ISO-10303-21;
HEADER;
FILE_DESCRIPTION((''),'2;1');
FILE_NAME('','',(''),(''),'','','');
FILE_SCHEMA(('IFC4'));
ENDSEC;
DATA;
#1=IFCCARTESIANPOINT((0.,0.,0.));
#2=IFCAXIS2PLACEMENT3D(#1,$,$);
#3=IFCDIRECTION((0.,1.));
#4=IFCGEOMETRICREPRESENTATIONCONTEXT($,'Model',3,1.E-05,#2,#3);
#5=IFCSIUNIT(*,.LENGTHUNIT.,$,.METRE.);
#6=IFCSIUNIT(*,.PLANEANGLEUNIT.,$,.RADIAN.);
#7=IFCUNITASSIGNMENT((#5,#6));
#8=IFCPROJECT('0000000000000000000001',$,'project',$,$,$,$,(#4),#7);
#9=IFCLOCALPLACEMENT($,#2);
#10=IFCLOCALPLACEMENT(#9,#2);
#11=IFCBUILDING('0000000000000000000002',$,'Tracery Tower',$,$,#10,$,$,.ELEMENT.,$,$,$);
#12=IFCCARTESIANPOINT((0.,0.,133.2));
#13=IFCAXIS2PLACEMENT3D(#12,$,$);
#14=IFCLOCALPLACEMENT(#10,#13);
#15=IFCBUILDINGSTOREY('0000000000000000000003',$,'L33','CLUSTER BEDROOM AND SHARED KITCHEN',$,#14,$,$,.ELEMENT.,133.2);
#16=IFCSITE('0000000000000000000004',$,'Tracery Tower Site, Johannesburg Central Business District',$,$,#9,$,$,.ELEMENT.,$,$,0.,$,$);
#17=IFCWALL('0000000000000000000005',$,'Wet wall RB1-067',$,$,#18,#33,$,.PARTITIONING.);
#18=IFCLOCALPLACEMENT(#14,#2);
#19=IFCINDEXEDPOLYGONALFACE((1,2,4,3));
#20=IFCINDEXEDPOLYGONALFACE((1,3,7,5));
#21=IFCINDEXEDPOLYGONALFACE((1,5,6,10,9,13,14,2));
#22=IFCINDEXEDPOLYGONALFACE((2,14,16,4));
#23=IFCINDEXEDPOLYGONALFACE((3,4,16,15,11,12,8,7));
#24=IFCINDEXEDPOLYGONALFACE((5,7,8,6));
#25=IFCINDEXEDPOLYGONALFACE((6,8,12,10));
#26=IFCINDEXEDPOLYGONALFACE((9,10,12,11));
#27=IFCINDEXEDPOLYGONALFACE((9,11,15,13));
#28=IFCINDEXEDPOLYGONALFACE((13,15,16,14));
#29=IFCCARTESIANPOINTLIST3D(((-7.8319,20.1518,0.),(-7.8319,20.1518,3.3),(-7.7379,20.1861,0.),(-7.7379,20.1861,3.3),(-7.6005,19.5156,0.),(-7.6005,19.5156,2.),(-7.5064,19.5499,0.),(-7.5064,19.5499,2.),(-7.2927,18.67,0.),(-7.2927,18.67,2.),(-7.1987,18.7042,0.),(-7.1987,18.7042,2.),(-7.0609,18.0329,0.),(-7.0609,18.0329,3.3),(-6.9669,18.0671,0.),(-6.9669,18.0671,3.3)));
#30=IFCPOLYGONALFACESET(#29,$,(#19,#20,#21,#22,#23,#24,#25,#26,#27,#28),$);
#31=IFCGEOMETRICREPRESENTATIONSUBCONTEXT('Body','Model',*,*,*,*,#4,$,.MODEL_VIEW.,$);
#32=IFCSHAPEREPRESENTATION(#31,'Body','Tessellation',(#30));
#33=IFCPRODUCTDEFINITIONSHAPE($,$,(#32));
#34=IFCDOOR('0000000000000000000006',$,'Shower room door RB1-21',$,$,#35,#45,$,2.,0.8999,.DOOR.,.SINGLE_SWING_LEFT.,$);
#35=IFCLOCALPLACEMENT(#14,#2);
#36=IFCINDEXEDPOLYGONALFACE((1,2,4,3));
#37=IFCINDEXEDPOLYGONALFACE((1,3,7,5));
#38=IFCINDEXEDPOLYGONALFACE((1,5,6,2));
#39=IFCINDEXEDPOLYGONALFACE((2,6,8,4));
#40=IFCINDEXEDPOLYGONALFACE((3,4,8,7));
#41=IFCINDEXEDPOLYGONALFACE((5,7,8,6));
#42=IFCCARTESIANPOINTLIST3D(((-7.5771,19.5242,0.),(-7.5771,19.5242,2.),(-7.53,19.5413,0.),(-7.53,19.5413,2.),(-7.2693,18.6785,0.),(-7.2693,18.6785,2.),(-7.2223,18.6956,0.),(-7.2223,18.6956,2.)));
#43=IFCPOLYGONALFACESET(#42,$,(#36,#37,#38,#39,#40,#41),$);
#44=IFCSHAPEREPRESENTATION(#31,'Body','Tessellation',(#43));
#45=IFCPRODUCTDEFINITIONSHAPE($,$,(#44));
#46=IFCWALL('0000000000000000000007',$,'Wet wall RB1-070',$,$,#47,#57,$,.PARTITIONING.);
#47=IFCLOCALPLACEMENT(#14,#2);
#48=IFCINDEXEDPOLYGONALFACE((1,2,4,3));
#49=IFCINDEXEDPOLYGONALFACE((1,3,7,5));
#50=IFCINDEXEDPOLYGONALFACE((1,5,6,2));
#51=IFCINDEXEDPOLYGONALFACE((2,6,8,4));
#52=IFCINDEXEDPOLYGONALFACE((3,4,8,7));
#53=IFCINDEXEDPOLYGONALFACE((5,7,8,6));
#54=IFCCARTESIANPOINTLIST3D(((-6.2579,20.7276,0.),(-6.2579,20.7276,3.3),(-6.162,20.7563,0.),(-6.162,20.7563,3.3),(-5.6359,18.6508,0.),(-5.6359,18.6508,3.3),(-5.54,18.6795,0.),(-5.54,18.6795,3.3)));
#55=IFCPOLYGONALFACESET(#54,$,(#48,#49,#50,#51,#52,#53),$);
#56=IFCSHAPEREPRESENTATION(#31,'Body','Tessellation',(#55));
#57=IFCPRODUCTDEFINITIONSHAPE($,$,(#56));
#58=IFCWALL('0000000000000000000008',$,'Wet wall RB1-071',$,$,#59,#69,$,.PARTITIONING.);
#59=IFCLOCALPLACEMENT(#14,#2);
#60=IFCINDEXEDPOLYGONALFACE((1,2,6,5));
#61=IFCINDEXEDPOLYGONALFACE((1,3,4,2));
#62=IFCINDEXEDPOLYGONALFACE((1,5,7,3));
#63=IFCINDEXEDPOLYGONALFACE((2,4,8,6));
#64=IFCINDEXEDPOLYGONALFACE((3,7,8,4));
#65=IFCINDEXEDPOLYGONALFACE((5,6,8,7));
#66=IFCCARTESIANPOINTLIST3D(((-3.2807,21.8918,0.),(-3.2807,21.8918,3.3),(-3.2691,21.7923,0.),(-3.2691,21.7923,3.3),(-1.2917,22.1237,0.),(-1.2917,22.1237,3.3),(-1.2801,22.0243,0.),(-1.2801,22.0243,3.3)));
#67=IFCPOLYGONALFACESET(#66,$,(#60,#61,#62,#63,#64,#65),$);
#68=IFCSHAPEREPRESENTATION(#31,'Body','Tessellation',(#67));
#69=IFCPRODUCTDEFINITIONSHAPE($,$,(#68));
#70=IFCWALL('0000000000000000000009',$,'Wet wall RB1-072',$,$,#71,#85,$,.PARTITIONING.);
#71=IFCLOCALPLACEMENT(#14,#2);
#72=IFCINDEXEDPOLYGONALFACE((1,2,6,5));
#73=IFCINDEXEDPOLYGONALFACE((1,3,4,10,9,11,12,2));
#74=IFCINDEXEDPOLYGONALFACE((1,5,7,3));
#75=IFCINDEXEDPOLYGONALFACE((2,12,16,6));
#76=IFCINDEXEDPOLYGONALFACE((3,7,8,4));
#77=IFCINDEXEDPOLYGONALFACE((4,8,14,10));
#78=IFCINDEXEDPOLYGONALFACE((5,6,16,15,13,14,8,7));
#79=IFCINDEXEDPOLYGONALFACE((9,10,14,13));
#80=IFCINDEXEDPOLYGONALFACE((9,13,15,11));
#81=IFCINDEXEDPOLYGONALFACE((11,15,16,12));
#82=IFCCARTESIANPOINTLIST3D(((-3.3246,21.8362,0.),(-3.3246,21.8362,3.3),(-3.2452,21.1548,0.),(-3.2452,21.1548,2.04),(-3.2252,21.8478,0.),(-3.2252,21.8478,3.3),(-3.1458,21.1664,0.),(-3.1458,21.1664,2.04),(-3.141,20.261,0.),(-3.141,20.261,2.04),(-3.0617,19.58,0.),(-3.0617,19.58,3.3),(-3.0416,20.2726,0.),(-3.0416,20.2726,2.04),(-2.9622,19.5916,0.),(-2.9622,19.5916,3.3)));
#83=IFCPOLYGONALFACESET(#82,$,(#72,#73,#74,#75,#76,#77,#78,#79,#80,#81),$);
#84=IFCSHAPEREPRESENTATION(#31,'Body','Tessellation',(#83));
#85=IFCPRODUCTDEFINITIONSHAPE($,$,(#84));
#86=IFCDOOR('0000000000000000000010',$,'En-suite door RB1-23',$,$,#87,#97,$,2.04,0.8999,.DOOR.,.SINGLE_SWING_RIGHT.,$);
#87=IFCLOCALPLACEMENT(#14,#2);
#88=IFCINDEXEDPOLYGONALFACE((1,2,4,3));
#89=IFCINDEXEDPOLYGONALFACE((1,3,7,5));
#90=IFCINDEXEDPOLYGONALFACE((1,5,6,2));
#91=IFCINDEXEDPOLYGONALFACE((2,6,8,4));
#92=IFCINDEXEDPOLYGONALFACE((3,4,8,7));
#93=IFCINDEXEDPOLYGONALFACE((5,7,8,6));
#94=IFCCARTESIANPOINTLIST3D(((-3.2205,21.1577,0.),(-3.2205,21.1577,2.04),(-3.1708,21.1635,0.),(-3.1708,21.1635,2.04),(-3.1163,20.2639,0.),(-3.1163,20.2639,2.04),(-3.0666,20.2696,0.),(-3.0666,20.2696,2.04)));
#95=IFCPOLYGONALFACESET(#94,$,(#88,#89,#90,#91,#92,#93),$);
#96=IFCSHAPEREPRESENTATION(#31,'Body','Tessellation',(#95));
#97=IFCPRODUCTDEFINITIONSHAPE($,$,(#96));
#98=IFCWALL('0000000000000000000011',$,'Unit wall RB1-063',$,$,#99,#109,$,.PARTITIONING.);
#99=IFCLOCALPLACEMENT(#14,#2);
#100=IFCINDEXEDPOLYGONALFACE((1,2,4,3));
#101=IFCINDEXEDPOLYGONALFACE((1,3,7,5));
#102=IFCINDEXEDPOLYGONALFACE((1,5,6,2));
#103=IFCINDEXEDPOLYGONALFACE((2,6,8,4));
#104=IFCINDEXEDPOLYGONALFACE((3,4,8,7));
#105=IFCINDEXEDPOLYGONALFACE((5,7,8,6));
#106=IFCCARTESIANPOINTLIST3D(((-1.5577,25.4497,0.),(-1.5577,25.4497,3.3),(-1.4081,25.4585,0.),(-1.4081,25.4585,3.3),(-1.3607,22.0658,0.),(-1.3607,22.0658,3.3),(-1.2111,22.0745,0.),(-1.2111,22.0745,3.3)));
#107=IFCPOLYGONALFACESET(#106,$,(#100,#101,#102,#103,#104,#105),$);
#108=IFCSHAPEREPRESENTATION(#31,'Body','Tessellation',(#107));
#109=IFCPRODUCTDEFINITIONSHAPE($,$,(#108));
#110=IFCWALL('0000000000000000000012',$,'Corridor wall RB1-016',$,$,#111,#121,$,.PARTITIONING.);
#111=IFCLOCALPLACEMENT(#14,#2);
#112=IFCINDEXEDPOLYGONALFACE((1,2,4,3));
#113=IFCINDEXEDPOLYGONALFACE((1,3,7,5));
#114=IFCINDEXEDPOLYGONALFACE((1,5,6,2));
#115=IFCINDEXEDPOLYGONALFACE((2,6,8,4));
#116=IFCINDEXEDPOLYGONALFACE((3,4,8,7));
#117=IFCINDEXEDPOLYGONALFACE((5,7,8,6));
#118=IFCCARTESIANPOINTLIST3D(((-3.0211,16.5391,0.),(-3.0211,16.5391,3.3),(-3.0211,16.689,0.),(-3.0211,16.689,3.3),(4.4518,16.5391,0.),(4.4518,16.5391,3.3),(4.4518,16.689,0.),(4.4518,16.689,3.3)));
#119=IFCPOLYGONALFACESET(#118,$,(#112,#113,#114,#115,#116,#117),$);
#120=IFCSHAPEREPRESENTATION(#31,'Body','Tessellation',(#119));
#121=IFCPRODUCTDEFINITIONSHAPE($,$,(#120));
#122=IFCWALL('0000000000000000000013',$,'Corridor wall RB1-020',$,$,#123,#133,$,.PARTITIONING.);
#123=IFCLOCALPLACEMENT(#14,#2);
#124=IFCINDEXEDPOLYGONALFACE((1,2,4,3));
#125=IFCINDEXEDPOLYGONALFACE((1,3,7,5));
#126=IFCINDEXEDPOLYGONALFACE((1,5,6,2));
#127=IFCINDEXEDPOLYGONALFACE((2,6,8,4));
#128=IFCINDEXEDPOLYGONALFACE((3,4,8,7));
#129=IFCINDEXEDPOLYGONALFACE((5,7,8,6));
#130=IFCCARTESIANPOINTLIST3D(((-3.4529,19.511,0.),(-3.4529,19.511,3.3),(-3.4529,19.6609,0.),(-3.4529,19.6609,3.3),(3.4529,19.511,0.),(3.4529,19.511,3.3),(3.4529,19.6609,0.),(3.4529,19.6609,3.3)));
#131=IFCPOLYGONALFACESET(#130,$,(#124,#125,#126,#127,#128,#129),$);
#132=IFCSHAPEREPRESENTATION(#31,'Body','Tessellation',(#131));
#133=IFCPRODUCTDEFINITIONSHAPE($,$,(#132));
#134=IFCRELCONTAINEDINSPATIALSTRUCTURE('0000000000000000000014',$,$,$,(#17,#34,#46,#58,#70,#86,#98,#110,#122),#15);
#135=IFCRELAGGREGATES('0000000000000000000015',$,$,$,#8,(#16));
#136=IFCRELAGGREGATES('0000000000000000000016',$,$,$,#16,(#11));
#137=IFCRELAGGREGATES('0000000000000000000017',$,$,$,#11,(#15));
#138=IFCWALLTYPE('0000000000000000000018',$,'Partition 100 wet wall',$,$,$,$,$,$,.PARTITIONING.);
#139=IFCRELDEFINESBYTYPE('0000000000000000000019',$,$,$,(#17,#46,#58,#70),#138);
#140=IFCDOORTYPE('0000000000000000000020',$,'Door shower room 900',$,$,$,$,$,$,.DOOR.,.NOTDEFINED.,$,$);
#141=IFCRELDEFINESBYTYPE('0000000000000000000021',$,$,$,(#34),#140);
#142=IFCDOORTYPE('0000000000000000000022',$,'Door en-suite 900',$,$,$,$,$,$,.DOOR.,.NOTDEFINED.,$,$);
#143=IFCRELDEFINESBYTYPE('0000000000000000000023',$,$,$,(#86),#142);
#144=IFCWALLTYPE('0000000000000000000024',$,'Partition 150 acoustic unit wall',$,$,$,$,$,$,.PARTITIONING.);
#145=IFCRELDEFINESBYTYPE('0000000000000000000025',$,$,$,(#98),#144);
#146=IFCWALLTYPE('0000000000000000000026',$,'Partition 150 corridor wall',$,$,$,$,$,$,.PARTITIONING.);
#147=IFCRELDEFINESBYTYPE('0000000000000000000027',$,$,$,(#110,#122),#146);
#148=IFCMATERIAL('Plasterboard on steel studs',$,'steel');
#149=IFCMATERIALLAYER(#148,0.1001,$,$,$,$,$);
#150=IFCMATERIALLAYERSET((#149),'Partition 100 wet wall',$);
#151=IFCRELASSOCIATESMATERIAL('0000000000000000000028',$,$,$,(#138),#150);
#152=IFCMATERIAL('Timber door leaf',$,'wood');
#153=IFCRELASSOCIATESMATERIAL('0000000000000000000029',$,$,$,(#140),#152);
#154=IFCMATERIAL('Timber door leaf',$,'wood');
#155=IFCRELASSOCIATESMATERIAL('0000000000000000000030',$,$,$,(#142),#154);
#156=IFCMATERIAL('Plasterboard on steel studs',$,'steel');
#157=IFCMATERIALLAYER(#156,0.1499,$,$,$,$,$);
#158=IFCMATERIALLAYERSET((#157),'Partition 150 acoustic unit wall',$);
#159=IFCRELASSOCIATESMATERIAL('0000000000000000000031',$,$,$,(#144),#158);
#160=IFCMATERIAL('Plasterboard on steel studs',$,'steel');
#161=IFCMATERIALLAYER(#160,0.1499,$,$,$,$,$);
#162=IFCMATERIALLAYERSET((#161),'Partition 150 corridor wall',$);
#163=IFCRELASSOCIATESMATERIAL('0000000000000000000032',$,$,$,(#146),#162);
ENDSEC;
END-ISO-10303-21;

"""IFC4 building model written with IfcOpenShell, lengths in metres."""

from ifc_helpers import new_model, si_unit, direction, frame, frame_2d, origin, place, context, subcontext, project, spatial, rectangle, extrude, material, layer, layer_set, type_object, element, fill, save


model = new_model("IFC4")

# Units and contexts
model_context = context("Model", 3, precision=1e-05, world=origin(), true_north=direction((0.0, 1.0)))
body_context = subcontext(model_context, "Body", "Model", "MODEL_VIEW")
ifc_project = project(units=[si_unit("LENGTHUNIT", "METRE"), si_unit("PLANEANGLEUNIT", "RADIAN")], contexts=[model_context])

# Site, building, storey
site_placement = place(None, origin())
site = spatial("IfcSite", under=ifc_project, at=site_placement, Name="Tracery Tower Site, Johannesburg Central Business District", CompositionType="ELEMENT", RefElevation=0.0)
building_placement = place(site_placement, origin())
building = spatial("IfcBuilding", under=site, at=building_placement, Name="Tracery Tower", CompositionType="ELEMENT")
storey_placement = place(building_placement, frame((0.0, 0.0, 133.2)))
storey = spatial("IfcBuildingStorey", under=building, at=storey_placement, Name="L33", Description="CLUSTER BEDROOM AND SHARED KITCHEN", CompositionType="ELEMENT", Elevation=133.2)

# Shared definitions
ifc_material_1 = material(Name="Plasterboard on steel studs", Category="steel")
ifc_layer_1 = layer(ifc_material_1, 0.1001)
ifc_layer_set_1 = layer_set([ifc_layer_1], Name="Partition 100 wet wall")
wall_type_1 = type_object("IfcWallType", Name="Partition 100 wet wall", PredefinedType="PARTITIONING", material=ifc_layer_set_1)

# Wall, opening, door
wall_1_placement = place(storey_placement, frame((-7.7849, 20.1689, 0.0), z_axis=(0.0, 0.0, 1.0), x_axis=(0.341934, -0.939724, 0.0)))
wall_1 = element("IfcWall", 1, at=wall_1_placement, inside=storey, type_object=wall_type_1, Name="Wet wall RB1-067", PredefinedType="PARTITIONING", context=body_context, shape_type="SweptSolid", body=[
    extrude(rectangle(XDim=2.2549, YDim=0.1001, at=frame_2d((1.1274, 0.0))), origin(), (0.0, 0.0, 1.0), 3.3),
])
opening_1_placement = place(wall_1_placement, frame((0.677, 0.0, 0.0)))
opening_1 = element("IfcOpeningElement", 2, at=opening_1_placement, cuts=wall_1, PredefinedType="OPENING", context=body_context, shape_type="SweptSolid", body=[
    extrude(rectangle(XDim=0.8999, YDim=2.0, at=frame_2d((0.45, 1.0))), frame((0.0, 0.05, 0.0), z_axis=(0.0, -1.0, 0.0), x_axis=(1.0, 0.0, 0.0)), (0.0, 0.0, 1.0), 0.1001),
])
ifc_material_2 = material(Name="Timber door leaf", Category="wood")
door_type_1 = type_object("IfcDoorType", Name="Door shower room 900", OperationType="NOTDEFINED", PredefinedType="DOOR", material=ifc_material_2)
door_1_placement = place(opening_1_placement, origin())
door_1 = element("IfcDoor", 3, at=door_1_placement, inside=storey, type_object=door_type_1, Name="Shower room door RB1-21", OperationType="SINGLE_SWING_LEFT", OverallHeight=2.0, OverallWidth=0.8999, PredefinedType="DOOR", context=body_context, shape_type="SweptSolid", body=[
    extrude(rectangle(XDim=0.8999, YDim=2.0, at=frame_2d((0.45, 1.0))), frame((0.0, 0.0249, 0.0), z_axis=(0.0, -1.0, 0.0), x_axis=(1.0, 0.0, 0.0)), (0.0, 0.0, 1.0), 0.05),
])
fill(opening_1, door_1)

# Walls
wall_2_placement = place(storey_placement, frame((-6.21, 20.7419, 0.0), z_axis=(0.0, 0.0, 1.0), x_axis=(0.286924, -0.957953, 0.0)))
element("IfcWall", 4, at=wall_2_placement, inside=storey, type_object=wall_type_1, Name="Wet wall RB1-070", PredefinedType="PARTITIONING", context=body_context, shape_type="SweptSolid", body=[
    extrude(rectangle(XDim=2.168, YDim=0.1001, at=frame_2d((1.084, 0.0))), origin(), (0.0, 0.0, 1.0), 3.3),
])
wall_3_placement = place(storey_placement, frame((-3.2749, 21.842, 0.0), z_axis=(0.0, 0.0, 1.0), x_axis=(0.99327, 0.115823, 0.0)))
element("IfcWall", 5, at=wall_3_placement, inside=storey, type_object=wall_type_1, Name="Wet wall RB1-071", PredefinedType="PARTITIONING", context=body_context, shape_type="SweptSolid", body=[
    extrude(rectangle(XDim=2.0024, YDim=0.1001, at=frame_2d((1.0012, 0.0))), origin(), (0.0, 0.0, 1.0), 3.3),
])

# Wall, opening, door
wall_4_placement = place(storey_placement, frame((-3.2749, 21.842, 0.0), z_axis=(0.0, 0.0, 1.0), x_axis=(0.115762, -0.993277, 0.0)))
wall_4 = element("IfcWall", 6, at=wall_4_placement, inside=storey, type_object=wall_type_1, Name="Wet wall RB1-072", PredefinedType="PARTITIONING", context=body_context, shape_type="SweptSolid", body=[
    extrude(rectangle(XDim=2.2715, YDim=0.1001, at=frame_2d((1.1357, 0.0))), origin(), (0.0, 0.0, 1.0), 3.3),
])
opening_2_placement = place(wall_4_placement, frame((0.686, 0.0, 0.0)))
opening_2 = element("IfcOpeningElement", 7, at=opening_2_placement, cuts=wall_4, PredefinedType="OPENING", context=body_context, shape_type="SweptSolid", body=[
    extrude(rectangle(XDim=0.8999, YDim=2.04, at=frame_2d((0.45, 1.02))), frame((0.0, 0.05, 0.0), z_axis=(0.0, -1.0, 0.0), x_axis=(1.0, 0.0, 0.0)), (0.0, 0.0, 1.0), 0.1001),
])
ifc_material_3 = material(Name="Timber door leaf", Category="wood")
door_type_2 = type_object("IfcDoorType", Name="Door en-suite 900", OperationType="NOTDEFINED", PredefinedType="DOOR", material=ifc_material_3)
door_2_placement = place(opening_2_placement, origin())
door_2 = element("IfcDoor", 8, at=door_2_placement, inside=storey, type_object=door_type_2, Name="En-suite door RB1-23", OperationType="SINGLE_SWING_RIGHT", OverallHeight=2.04, OverallWidth=0.8999, PredefinedType="DOOR", context=body_context, shape_type="SweptSolid", body=[
    extrude(rectangle(XDim=0.8999, YDim=2.04, at=frame_2d((0.45, 1.02))), frame((0.0, 0.0249, 0.0), z_axis=(0.0, -1.0, 0.0), x_axis=(1.0, 0.0, 0.0)), (0.0, 0.0, 1.0), 0.05),
])
fill(opening_2, door_2)

# Walls
ifc_material_4 = material(Name="Plasterboard on steel studs", Category="steel")
ifc_layer_2 = layer(ifc_material_4, 0.1499)
ifc_layer_set_2 = layer_set([ifc_layer_2], Name="Partition 150 acoustic unit wall")
wall_type_2 = type_object("IfcWallType", Name="Partition 150 acoustic unit wall", PredefinedType="PARTITIONING", material=ifc_layer_set_2)
wall_5_placement = place(storey_placement, frame((-1.4829, 25.4541, 0.0), z_axis=(0.0, 0.0, 1.0), x_axis=(0.058122, -0.998309, 0.0)))
element("IfcWall", 9, at=wall_5_placement, inside=storey, type_object=wall_type_2, Name="Unit wall RB1-063", PredefinedType="PARTITIONING", context=body_context, shape_type="SweptSolid", body=[
    extrude(rectangle(XDim=3.3896, YDim=0.1499, at=frame_2d((1.6948, 0.0))), origin(), (0.0, 0.0, 1.0), 3.3),
])
ifc_material_5 = material(Name="Plasterboard on steel studs", Category="steel")
ifc_layer_3 = layer(ifc_material_5, 0.1499)
ifc_layer_set_3 = layer_set([ifc_layer_3], Name="Partition 150 corridor wall")
wall_type_3 = type_object("IfcWallType", Name="Partition 150 corridor wall", PredefinedType="PARTITIONING", material=ifc_layer_set_3)
wall_6_placement = place(storey_placement, frame((-3.021, 16.614, 0.0), z_axis=(0.0, 0.0, 1.0), x_axis=(1.0, 0.0, 0.0)))
element("IfcWall", 10, at=wall_6_placement, inside=storey, type_object=wall_type_3, Name="Corridor wall RB1-016", PredefinedType="PARTITIONING", context=body_context, shape_type="SweptSolid", body=[
    extrude(rectangle(XDim=7.4729, YDim=0.1499, at=frame_2d((3.7363, 0.0))), origin(), (0.0, 0.0, 1.0), 3.3),
])
wall_7_placement = place(storey_placement, frame((-3.4529, 19.5859, 0.0), z_axis=(0.0, 0.0, 1.0), x_axis=(1.0, 0.0, 0.0)))
element("IfcWall", 11, at=wall_7_placement, inside=storey, type_object=wall_type_3, Name="Corridor wall RB1-020", PredefinedType="PARTITIONING", context=body_context, shape_type="SweptSolid", body=[
    extrude(rectangle(XDim=6.9058, YDim=0.1499, at=frame_2d((3.4529, 0.0))), origin(), (0.0, 0.0, 1.0), 3.3),
])

save(model, "model.ifc")
